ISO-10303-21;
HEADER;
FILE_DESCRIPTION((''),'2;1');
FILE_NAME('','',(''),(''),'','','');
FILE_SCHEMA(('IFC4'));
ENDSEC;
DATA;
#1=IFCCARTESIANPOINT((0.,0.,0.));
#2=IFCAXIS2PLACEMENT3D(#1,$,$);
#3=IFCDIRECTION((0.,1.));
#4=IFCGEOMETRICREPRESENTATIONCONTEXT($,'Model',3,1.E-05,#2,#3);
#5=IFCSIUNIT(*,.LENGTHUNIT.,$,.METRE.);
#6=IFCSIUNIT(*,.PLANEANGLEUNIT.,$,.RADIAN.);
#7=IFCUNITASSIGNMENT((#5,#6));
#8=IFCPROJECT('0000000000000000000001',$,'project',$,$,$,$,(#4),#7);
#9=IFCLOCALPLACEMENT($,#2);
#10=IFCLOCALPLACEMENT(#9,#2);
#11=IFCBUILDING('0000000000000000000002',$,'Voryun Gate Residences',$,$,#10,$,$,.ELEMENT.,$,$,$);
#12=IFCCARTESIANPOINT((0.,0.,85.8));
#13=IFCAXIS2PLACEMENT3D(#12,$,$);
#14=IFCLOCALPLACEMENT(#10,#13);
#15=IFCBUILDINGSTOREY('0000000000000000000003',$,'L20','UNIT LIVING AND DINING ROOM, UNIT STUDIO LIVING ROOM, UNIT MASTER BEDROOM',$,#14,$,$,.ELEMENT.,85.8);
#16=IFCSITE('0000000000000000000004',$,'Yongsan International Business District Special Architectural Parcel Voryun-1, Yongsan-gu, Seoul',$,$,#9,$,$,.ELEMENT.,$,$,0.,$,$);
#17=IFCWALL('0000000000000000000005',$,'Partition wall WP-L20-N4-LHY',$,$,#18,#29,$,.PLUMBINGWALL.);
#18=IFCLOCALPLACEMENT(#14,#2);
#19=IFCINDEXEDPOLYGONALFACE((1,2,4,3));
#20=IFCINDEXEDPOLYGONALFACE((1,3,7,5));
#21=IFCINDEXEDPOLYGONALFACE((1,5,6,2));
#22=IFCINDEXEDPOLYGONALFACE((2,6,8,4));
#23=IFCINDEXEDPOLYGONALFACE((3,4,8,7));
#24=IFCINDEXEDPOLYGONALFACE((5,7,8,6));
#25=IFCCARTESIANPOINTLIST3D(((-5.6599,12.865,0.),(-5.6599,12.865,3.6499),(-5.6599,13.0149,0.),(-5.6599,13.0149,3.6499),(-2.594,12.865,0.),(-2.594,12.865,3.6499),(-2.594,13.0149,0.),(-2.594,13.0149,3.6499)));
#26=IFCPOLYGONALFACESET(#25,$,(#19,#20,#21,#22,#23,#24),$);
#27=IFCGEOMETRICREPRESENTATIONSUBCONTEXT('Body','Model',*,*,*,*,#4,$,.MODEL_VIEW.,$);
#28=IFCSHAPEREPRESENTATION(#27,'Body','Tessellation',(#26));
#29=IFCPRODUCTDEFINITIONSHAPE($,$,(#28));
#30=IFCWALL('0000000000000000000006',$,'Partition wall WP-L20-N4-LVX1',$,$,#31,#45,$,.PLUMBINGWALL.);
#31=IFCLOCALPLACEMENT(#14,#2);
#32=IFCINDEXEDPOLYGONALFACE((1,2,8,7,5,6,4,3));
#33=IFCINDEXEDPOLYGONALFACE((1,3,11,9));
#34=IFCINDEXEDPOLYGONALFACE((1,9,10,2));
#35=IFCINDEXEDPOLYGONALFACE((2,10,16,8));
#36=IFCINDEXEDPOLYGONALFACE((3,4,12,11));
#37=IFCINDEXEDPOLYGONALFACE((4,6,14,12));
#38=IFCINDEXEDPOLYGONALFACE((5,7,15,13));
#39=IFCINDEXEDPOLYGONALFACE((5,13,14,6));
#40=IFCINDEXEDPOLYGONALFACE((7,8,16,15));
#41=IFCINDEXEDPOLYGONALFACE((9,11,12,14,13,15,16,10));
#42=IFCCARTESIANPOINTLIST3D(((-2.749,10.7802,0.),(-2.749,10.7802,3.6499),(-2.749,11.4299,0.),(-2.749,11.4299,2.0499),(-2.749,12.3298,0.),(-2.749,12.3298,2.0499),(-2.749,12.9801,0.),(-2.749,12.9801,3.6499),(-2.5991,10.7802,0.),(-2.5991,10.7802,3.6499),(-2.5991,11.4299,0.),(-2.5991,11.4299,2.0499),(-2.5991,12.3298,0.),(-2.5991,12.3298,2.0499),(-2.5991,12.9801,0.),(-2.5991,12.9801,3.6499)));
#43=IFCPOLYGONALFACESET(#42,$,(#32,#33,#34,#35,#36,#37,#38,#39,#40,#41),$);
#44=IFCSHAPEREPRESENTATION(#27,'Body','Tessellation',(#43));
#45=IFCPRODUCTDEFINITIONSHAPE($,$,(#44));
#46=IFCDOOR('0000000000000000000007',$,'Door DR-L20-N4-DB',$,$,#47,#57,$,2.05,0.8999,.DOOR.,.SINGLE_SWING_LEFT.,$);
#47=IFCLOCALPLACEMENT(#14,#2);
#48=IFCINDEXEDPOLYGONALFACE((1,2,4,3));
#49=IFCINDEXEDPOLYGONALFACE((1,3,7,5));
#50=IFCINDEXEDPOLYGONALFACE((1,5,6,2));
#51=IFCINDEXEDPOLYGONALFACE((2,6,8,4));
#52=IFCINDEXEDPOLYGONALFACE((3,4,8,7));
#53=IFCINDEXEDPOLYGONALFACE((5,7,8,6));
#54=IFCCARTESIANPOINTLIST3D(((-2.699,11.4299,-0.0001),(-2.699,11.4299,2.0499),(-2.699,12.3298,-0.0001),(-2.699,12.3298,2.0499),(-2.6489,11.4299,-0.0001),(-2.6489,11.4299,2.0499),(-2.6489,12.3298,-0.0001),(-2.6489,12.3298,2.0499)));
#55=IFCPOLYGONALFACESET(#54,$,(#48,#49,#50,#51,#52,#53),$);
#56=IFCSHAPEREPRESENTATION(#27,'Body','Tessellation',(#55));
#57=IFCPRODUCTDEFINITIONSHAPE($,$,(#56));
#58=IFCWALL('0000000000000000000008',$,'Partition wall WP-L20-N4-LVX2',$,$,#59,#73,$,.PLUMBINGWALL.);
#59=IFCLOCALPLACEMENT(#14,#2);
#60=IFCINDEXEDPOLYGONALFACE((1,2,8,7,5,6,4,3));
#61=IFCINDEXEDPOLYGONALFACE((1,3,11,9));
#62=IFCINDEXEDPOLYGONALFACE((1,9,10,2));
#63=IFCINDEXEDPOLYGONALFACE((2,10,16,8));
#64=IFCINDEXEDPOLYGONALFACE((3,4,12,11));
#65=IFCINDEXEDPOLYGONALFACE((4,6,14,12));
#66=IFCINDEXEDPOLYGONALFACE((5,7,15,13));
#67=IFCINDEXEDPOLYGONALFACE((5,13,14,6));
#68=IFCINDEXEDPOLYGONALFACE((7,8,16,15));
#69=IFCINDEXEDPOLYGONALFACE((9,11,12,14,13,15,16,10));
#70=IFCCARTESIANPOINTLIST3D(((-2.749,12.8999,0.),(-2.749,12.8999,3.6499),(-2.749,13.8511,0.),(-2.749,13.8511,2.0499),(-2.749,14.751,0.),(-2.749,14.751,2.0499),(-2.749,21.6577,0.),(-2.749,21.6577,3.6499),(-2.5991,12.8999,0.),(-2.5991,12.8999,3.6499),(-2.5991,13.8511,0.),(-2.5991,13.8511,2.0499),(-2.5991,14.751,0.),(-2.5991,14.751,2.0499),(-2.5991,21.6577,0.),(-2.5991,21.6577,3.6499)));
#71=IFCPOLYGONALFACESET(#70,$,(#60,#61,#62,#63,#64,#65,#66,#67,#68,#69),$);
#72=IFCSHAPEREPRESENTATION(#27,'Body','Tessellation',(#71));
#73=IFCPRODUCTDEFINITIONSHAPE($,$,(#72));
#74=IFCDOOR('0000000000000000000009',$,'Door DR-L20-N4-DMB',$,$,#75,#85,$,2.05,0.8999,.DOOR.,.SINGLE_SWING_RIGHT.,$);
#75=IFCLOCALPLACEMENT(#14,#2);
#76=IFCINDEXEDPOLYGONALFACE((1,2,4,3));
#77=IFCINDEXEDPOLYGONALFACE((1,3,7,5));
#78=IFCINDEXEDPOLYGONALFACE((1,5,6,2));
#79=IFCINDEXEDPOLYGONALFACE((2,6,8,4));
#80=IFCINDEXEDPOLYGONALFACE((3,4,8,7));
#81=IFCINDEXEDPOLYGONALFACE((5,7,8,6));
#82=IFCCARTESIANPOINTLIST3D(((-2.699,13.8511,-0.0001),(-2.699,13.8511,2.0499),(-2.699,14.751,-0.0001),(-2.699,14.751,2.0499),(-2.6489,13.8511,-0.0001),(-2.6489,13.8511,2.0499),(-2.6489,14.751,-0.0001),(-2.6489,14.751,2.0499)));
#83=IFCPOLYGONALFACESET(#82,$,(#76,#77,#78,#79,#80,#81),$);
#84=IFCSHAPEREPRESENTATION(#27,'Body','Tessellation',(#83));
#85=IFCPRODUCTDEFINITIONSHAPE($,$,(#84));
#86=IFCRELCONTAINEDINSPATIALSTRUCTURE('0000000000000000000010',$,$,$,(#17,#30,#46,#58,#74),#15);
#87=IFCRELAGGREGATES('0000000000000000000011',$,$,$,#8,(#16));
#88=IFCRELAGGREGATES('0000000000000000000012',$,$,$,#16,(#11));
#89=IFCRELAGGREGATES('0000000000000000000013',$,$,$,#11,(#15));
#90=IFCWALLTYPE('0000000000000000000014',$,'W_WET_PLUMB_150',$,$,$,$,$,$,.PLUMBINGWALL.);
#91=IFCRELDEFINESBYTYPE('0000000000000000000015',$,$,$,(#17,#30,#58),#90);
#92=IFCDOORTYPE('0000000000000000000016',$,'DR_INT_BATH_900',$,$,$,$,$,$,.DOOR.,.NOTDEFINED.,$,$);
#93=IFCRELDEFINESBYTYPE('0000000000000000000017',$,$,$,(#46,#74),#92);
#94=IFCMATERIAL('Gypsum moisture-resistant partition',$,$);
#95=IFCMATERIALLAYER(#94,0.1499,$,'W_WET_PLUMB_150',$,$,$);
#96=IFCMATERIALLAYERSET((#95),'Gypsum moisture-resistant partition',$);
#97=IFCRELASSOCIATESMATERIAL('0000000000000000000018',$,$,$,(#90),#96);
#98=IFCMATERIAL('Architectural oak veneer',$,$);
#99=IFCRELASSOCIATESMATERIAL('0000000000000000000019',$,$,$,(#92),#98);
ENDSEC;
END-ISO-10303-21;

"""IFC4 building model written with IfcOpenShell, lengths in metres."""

from ifc_helpers import new_model, si_unit, direction, frame, frame_2d, origin, place, context, subcontext, project, spatial, rectangle, extrude, material, layer, layer_set, type_object, element, fill, save


model = new_model("IFC4")

# Units and contexts
model_context = context("Model", 3, precision=1e-05, world=origin(), true_north=direction((0.0, 1.0)))
body_context = subcontext(model_context, "Body", "Model", "MODEL_VIEW")
ifc_project = project(units=[si_unit("LENGTHUNIT", "METRE"), si_unit("PLANEANGLEUNIT", "RADIAN")], contexts=[model_context])

# Site, building, storey
site_placement = place(None, origin())
site = spatial("IfcSite", under=ifc_project, at=site_placement, Name="Yongsan International Business District Special Architectural Parcel Voryun-1, Yongsan-gu, Seoul", CompositionType="ELEMENT", RefElevation=0.0)
building_placement = place(site_placement, origin())
building = spatial("IfcBuilding", under=site, at=building_placement, Name="Voryun Gate Residences", CompositionType="ELEMENT")
storey_placement = place(building_placement, frame((0.0, 0.0, 85.8)))
storey = spatial("IfcBuildingStorey", under=building, at=storey_placement, Name="L20", Description="UNIT LIVING AND DINING ROOM, UNIT STUDIO LIVING ROOM, UNIT MASTER BEDROOM", CompositionType="ELEMENT", Elevation=85.8)

# Wall
ifc_material_1 = material(Name="Gypsum moisture-resistant partition")
ifc_layer_1 = layer(ifc_material_1, 0.1499, Name="W_WET_PLUMB_150")
ifc_layer_set_1 = layer_set([ifc_layer_1], Name="Gypsum moisture-resistant partition")
wall_type_1 = type_object("IfcWallType", Name="W_WET_PLUMB_150", PredefinedType="PLUMBINGWALL", material=ifc_layer_set_1)
wall_1_placement = place(storey_placement, frame((-5.6599, 12.9399, 0.0), z_axis=(0.0, 0.0, 1.0), x_axis=(1.0, 0.0, 0.0)))
element("IfcWall", 1, at=wall_1_placement, inside=storey, type_object=wall_type_1, Name="Partition wall WP-L20-N4-LHY", PredefinedType="PLUMBINGWALL", context=body_context, shape_type="SweptSolid", body=[
    extrude(rectangle(XDim=3.0659, YDim=0.1499, at=frame_2d((1.533, 0.0))), origin(), (0.0, 0.0, 1.0), 3.6499),
])

# Walls, openings, doors
wall_2_placement = place(storey_placement, frame((-2.6741, 10.78, 0.0), z_axis=(0.0, 0.0, 1.0), x_axis=(0.0, 1.0, 0.0)))
wall_2 = element("IfcWall", 2, at=wall_2_placement, inside=storey, type_object=wall_type_1, Name="Partition wall WP-L20-N4-LVX1", PredefinedType="PLUMBINGWALL", context=body_context, shape_type="SweptSolid", body=[
    extrude(rectangle(XDim=2.2, YDim=0.1499, at=frame_2d((1.1001, 0.0))), origin(), (0.0, 0.0, 1.0), 3.6499),
])
opening_1_placement = place(wall_2_placement, frame((0.6499, 0.0, 0.0)))
opening_1 = element("IfcOpeningElement", 3, at=opening_1_placement, cuts=wall_2, PredefinedType="OPENING", context=body_context, shape_type="SweptSolid", body=[
    extrude(rectangle(XDim=0.8999, YDim=2.05, at=frame_2d((0.45, 1.0249))), frame((0.0, 0.085, 0.0), z_axis=(0.0, -1.0, 0.0), x_axis=(1.0, 0.0, 0.0)), (0.0, 0.0, 1.0), 0.1699),
])
ifc_material_2 = material(Name="Architectural oak veneer")
door_type_1 = type_object("IfcDoorType", Name="DR_INT_BATH_900", OperationType="NOTDEFINED", PredefinedType="DOOR", material=ifc_material_2)
door_1_placement = place(opening_1_placement, origin())
door_1 = element("IfcDoor", 4, at=door_1_placement, inside=storey, type_object=door_type_1, Name="Door DR-L20-N4-DB", OperationType="SINGLE_SWING_LEFT", OverallHeight=2.05, OverallWidth=0.8999, PredefinedType="DOOR", context=body_context, shape_type="SweptSolid", body=[
    extrude(rectangle(XDim=0.8999, YDim=2.05, at=frame_2d((0.45, 1.0249))), frame((0.0, 0.0249, 0.0), z_axis=(0.0, -1.0, 0.0), x_axis=(1.0, 0.0, 0.0)), (0.0, 0.0, 1.0), 0.05),
])
fill(opening_1, door_1)
wall_3_placement = place(storey_placement, frame((-2.6741, 12.8999, 0.0), z_axis=(0.0, 0.0, 1.0), x_axis=(0.0, 1.0, 0.0)))
wall_3 = element("IfcWall", 5, at=wall_3_placement, inside=storey, type_object=wall_type_1, Name="Partition wall WP-L20-N4-LVX2", PredefinedType="PLUMBINGWALL", context=body_context, shape_type="SweptSolid", body=[
    extrude(rectangle(XDim=8.7578, YDim=0.1499, at=frame_2d((4.3789, 0.0))), origin(), (0.0, 0.0, 1.0), 3.6499),
])
opening_2_placement = place(wall_3_placement, frame((0.9512, 0.0, 0.0)))
opening_2 = element("IfcOpeningElement", 6, at=opening_2_placement, cuts=wall_3, PredefinedType="OPENING", context=body_context, shape_type="SweptSolid", body=[
    extrude(rectangle(XDim=0.8999, YDim=2.05, at=frame_2d((0.45, 1.0249))), frame((0.0, 0.085, 0.0), z_axis=(0.0, -1.0, 0.0), x_axis=(1.0, 0.0, 0.0)), (0.0, 0.0, 1.0), 0.1699),
])
door_2_placement = place(opening_2_placement, origin())
door_2 = element("IfcDoor", 7, at=door_2_placement, inside=storey, type_object=door_type_1, Name="Door DR-L20-N4-DMB", OperationType="SINGLE_SWING_RIGHT", OverallHeight=2.05, OverallWidth=0.8999, PredefinedType="DOOR", context=body_context, shape_type="SweptSolid", body=[
    extrude(rectangle(XDim=0.8999, YDim=2.05, at=frame_2d((0.45, 1.0249))), frame((0.0, 0.0249, 0.0), z_axis=(0.0, -1.0, 0.0), x_axis=(1.0, 0.0, 0.0)), (0.0, 0.0, 1.0), 0.05),
])
fill(opening_2, door_2)

save(model, "model.ifc")
